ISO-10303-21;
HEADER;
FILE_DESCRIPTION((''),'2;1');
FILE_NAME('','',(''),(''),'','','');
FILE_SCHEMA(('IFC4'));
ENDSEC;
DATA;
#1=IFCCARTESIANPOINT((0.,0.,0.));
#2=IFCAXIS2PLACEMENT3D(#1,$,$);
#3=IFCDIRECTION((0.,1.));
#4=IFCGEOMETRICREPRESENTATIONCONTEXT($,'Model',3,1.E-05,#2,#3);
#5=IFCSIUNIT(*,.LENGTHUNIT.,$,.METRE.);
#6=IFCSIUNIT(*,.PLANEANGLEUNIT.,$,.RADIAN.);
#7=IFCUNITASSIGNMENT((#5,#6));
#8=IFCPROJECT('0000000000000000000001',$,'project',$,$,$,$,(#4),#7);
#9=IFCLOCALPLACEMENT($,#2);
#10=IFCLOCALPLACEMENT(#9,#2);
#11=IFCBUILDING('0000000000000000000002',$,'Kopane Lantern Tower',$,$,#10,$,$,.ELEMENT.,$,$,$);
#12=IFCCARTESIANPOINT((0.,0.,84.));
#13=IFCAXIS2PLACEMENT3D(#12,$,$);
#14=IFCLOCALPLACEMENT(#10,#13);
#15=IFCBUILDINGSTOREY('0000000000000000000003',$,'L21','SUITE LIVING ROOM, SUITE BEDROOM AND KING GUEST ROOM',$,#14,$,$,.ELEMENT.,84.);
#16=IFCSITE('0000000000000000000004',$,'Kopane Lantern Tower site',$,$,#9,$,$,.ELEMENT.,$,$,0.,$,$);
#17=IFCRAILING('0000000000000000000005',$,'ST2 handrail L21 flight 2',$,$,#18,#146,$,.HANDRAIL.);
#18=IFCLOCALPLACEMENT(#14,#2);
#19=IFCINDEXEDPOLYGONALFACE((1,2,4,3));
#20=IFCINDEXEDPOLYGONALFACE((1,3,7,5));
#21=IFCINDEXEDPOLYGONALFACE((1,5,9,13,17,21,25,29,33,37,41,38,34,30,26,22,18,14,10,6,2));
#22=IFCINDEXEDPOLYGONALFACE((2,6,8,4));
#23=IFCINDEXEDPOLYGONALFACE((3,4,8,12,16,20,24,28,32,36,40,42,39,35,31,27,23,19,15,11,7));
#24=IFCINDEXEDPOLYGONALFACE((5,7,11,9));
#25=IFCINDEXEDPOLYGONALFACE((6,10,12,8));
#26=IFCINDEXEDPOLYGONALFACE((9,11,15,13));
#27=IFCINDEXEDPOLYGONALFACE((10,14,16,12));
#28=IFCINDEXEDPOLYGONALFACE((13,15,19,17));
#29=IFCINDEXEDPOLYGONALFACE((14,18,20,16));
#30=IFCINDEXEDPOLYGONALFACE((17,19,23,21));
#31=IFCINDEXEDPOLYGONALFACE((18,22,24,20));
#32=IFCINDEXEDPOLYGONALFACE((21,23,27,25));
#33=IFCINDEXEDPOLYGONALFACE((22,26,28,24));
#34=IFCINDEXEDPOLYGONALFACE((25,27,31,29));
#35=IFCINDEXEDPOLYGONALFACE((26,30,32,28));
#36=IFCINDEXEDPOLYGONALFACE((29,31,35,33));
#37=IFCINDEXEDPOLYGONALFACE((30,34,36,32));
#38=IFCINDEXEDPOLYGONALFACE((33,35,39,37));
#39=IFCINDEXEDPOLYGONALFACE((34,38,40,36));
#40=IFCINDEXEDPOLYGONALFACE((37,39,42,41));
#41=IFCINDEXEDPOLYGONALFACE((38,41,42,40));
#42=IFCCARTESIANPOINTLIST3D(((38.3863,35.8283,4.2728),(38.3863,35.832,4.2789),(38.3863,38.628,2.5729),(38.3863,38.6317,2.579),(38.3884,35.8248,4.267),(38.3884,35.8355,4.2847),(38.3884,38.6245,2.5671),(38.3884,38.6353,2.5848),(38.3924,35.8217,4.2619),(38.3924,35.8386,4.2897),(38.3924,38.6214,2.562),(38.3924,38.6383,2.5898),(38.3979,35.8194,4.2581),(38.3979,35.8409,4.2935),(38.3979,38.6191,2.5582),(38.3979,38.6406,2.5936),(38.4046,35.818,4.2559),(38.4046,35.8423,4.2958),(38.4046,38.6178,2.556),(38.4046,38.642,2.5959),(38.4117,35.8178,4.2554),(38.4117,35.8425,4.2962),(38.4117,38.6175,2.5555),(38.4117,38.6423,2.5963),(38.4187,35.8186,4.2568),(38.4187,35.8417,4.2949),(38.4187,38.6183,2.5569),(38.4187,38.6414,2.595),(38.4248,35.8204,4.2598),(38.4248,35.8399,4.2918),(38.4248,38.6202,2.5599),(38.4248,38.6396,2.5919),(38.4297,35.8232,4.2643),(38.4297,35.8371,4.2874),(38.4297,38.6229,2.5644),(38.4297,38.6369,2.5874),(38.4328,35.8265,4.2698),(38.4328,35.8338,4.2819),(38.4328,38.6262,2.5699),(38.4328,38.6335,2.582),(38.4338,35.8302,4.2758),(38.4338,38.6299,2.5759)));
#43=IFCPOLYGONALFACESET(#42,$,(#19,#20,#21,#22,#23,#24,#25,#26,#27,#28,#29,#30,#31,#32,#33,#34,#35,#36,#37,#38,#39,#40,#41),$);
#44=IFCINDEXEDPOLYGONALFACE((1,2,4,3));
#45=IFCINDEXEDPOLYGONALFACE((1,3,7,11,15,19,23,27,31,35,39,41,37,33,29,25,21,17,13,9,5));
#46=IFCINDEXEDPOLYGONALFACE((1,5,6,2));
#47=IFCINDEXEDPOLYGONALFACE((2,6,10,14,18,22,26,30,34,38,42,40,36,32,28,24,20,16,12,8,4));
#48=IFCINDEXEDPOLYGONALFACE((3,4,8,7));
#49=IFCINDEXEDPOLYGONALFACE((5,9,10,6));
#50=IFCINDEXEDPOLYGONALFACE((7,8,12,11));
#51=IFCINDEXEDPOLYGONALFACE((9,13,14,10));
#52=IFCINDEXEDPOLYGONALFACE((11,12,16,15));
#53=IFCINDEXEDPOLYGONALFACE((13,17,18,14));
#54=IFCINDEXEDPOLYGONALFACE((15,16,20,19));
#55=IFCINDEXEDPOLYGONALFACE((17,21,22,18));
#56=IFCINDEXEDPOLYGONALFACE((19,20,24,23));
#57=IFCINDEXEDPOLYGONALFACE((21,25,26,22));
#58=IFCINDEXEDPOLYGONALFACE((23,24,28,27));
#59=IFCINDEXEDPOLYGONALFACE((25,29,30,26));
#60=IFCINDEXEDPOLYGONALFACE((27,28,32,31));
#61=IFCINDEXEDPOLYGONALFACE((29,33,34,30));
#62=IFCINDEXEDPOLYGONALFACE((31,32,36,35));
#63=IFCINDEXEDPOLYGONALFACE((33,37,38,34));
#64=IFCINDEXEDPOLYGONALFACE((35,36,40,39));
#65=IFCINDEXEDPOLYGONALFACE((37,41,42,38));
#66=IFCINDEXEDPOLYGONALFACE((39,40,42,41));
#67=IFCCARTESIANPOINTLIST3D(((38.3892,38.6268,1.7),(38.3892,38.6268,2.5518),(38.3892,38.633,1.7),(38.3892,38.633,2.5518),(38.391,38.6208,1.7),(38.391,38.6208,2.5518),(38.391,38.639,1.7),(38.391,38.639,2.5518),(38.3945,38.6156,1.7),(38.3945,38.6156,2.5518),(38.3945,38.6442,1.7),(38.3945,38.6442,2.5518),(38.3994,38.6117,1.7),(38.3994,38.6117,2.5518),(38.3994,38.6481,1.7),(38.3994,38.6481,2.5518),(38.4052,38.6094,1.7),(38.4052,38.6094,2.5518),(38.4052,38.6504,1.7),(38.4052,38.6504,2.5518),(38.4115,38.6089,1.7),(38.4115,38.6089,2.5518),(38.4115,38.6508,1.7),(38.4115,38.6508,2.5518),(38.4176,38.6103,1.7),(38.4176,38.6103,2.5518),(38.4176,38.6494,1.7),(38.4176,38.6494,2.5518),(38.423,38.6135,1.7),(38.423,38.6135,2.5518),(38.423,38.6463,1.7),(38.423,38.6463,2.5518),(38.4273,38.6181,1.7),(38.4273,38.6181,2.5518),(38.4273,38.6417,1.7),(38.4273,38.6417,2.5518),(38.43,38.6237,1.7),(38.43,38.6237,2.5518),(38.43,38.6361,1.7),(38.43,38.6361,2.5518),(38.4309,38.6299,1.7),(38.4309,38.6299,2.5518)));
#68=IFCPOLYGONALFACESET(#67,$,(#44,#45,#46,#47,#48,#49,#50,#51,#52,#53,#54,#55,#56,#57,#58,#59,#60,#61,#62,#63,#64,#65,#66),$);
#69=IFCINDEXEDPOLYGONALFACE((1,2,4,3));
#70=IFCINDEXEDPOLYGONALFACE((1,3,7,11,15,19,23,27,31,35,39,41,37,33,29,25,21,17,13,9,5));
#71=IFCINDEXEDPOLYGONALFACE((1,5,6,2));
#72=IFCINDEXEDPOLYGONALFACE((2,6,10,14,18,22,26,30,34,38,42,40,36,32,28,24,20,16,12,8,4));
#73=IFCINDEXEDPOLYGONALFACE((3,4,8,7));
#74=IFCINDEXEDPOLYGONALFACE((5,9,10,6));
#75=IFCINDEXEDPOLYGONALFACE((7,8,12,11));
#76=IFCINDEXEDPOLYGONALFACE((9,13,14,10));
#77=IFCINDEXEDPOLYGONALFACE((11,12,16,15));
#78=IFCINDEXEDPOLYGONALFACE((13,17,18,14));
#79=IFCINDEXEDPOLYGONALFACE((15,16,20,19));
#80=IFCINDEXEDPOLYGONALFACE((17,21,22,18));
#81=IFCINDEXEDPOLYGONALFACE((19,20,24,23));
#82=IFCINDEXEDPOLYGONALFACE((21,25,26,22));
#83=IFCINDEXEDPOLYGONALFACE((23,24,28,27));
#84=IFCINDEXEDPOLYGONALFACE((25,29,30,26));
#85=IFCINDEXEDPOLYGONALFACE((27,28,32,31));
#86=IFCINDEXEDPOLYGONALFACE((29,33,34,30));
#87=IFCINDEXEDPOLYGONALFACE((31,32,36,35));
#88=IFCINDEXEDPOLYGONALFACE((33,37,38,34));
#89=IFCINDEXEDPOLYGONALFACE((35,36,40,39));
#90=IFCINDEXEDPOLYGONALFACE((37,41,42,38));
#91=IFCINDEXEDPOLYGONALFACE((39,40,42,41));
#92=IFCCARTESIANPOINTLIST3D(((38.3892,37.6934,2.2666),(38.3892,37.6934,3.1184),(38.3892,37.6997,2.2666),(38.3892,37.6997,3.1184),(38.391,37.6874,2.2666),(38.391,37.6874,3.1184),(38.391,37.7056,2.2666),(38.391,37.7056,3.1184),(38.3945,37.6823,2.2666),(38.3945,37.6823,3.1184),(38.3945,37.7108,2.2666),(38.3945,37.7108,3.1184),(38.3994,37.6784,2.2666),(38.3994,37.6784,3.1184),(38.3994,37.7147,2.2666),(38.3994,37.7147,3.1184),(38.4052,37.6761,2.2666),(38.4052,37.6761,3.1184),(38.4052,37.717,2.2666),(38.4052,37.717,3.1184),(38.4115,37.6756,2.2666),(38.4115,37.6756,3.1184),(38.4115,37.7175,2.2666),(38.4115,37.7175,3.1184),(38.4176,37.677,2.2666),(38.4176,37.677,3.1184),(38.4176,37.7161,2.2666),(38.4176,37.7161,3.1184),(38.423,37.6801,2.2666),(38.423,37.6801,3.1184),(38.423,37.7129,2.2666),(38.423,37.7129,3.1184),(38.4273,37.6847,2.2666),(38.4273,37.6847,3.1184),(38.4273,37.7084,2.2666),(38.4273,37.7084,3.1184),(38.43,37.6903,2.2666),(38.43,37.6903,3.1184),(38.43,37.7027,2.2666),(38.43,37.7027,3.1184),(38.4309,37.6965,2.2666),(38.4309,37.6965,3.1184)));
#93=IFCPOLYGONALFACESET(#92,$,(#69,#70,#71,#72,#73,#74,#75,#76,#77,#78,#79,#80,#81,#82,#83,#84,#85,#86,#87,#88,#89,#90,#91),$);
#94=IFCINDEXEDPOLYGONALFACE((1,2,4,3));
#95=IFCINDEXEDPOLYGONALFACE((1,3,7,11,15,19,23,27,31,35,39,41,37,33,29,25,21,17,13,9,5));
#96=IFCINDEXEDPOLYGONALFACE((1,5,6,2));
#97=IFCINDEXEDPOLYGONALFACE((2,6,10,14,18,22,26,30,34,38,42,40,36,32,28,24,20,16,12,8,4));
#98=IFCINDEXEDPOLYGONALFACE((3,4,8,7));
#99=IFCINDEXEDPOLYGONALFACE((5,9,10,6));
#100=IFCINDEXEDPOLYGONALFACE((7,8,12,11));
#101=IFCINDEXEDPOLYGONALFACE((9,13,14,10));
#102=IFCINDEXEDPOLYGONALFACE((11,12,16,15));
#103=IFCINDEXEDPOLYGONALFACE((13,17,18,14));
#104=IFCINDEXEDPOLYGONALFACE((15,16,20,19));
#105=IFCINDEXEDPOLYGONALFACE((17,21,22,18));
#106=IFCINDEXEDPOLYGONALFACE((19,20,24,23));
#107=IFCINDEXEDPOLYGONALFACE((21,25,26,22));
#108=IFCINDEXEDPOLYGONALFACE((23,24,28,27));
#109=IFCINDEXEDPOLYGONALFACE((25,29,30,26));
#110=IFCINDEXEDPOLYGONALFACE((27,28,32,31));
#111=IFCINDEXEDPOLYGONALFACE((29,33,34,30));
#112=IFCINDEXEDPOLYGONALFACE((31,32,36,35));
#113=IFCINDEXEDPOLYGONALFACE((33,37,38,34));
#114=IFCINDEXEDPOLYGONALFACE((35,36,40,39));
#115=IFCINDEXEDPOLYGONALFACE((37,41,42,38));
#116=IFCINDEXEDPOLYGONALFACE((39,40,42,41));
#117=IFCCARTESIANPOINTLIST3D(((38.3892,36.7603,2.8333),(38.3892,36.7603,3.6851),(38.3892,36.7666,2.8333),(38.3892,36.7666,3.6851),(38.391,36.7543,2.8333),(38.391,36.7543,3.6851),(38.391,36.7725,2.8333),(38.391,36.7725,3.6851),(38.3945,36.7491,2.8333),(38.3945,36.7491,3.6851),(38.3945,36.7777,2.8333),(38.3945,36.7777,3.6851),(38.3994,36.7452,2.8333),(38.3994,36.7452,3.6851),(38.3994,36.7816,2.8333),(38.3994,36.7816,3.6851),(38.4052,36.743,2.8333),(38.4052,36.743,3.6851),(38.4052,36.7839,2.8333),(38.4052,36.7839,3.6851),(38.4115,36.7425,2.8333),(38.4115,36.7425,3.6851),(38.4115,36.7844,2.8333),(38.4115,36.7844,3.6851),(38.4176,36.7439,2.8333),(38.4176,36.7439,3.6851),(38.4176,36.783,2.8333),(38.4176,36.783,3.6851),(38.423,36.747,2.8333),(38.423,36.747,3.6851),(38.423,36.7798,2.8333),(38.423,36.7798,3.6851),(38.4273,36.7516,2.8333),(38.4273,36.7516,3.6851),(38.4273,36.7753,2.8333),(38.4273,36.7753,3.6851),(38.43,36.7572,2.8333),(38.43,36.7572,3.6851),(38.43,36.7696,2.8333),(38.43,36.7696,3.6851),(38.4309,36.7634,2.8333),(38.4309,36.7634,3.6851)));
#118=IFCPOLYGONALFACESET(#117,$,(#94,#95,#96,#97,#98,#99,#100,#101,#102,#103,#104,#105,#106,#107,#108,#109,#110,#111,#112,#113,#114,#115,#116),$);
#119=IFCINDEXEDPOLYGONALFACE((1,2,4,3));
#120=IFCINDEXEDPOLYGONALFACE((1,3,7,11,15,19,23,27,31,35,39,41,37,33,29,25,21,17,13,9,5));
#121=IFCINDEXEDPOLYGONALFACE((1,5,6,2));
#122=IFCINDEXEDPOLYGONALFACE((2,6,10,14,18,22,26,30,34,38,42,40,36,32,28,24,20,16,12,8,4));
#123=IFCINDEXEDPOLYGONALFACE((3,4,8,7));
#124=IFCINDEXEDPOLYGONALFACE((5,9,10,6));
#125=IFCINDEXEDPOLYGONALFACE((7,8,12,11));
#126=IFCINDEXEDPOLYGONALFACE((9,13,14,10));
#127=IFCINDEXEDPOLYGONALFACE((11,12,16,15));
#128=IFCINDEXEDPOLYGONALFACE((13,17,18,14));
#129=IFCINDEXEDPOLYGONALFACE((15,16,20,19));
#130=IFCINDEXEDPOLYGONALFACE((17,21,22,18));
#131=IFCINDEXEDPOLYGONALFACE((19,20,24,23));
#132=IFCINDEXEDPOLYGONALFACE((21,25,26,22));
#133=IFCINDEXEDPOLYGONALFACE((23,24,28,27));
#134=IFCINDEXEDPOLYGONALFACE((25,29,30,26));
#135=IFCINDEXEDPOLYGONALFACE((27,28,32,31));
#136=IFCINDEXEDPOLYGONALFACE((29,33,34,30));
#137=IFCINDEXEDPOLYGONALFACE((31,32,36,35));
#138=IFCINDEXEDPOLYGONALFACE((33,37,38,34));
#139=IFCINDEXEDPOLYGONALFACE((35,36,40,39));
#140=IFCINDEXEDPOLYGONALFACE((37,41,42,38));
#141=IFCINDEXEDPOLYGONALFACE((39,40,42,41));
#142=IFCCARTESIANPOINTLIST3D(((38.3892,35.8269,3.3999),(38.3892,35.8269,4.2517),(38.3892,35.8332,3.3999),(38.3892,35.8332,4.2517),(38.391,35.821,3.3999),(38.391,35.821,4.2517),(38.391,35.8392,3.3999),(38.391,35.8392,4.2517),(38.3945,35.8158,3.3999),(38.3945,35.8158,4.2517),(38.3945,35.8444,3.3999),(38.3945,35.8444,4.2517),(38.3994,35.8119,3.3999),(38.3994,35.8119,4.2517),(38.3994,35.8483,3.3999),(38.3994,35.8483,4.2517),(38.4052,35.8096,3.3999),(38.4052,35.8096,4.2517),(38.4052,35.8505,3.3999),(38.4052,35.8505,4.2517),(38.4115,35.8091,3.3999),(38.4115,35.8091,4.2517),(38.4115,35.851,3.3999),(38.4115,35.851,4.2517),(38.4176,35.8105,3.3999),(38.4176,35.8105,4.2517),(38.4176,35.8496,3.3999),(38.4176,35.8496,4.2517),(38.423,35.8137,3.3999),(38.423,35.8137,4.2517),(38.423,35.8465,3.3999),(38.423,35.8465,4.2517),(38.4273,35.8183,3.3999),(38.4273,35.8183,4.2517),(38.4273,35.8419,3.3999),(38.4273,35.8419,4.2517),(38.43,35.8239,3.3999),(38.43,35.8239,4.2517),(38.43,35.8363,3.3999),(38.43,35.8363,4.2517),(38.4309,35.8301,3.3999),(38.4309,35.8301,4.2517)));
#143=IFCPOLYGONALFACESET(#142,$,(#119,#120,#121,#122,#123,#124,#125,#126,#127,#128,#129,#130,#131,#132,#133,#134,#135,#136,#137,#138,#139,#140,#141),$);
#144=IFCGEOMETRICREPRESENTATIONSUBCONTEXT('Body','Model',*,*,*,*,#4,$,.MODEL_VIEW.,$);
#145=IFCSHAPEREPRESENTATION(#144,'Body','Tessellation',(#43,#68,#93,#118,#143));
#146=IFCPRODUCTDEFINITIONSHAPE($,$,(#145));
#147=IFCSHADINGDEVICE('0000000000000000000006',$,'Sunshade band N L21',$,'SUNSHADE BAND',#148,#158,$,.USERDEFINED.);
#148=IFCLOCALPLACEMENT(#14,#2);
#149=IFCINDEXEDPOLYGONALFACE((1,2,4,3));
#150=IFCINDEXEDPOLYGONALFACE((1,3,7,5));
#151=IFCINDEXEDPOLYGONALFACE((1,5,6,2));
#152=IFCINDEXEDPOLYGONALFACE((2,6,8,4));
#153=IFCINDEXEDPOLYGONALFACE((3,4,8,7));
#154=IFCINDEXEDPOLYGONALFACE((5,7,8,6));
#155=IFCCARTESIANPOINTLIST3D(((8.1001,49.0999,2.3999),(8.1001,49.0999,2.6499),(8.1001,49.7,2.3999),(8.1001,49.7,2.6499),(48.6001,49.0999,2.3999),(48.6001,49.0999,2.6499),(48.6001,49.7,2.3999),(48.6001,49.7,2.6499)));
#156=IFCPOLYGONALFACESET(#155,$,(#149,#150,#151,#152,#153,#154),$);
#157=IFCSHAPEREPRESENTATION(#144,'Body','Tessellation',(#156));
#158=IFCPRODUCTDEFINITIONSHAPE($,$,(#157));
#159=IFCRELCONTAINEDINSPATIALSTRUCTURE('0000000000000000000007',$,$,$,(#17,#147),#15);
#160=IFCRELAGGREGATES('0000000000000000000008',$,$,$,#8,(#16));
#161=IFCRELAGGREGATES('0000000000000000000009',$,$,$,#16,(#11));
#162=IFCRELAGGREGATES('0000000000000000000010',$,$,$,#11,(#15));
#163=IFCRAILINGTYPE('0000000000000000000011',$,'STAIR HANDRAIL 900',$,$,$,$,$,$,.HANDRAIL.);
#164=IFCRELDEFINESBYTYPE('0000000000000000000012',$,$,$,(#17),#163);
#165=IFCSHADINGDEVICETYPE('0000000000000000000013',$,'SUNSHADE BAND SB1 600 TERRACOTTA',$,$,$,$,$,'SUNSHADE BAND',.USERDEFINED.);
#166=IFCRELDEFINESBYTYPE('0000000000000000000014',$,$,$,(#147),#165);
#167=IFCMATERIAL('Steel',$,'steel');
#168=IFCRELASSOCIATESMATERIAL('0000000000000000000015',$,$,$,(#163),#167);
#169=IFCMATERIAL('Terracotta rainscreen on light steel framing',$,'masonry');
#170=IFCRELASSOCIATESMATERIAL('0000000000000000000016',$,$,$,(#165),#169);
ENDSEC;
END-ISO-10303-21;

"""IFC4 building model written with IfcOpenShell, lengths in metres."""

from ifc_helpers import new_model, si_unit, direction, frame, origin, origin_2d, place, context, subcontext, project, spatial, rectangle, circle, extrude, material, type_object, element, save


model = new_model("IFC4")

# Units and contexts
model_context = context("Model", 3, precision=1e-05, world=origin(), true_north=direction((0.0, 1.0)))
body_context = subcontext(model_context, "Body", "Model", "MODEL_VIEW")
ifc_project = project(units=[si_unit("LENGTHUNIT", "METRE"), si_unit("PLANEANGLEUNIT", "RADIAN")], contexts=[model_context])

# Site, building, storey
site_placement = place(None, origin())
site = spatial("IfcSite", under=ifc_project, at=site_placement, Name="Kopane Lantern Tower site", CompositionType="ELEMENT", RefElevation=0.0)
building_placement = place(site_placement, origin())
building = spatial("IfcBuilding", under=site, at=building_placement, Name="Kopane Lantern Tower", CompositionType="ELEMENT")
storey_placement = place(building_placement, frame((0.0, 0.0, 84.0)))
storey = spatial("IfcBuildingStorey", under=building, at=storey_placement, Name="L21", Description="SUITE LIVING ROOM, SUITE BEDROOM AND KING GUEST ROOM", CompositionType="ELEMENT", Elevation=84.0)

# Railing
ifc_material_1 = material(Name="Steel", Category="steel")
railing_type = type_object("IfcRailingType", Name="STAIR HANDRAIL 900", PredefinedType="HANDRAIL", material=ifc_material_1)
for number, where, name in (
    (1, (38.4099, 38.6299, 1.7), "ST2 handrail L21 flight 2"),
):
    element("IfcRailing", number, at=place(storey_placement, frame(where)), inside=storey, type_object=railing_type, Name=name, PredefinedType="HANDRAIL", context=body_context, shape_type="SweptSolid", body=[
        extrude(circle(Radius=0.0239, at=origin_2d()), frame((0.0, 0.0, 0.876), z_axis=(0.0, -0.854778, 0.518994), x_axis=(1.0, 0.0, 0.0)), (0.0, 0.0, 1.0), 3.2754),
        extrude(circle(Radius=0.021, at=origin_2d()), origin(), (0.0, 0.0, 1.0), 0.8518),
        extrude(circle(Radius=0.021, at=origin_2d()), frame((0.0, -0.9333, 0.5667)), (0.0, 0.0, 1.0), 0.8518),
        extrude(circle(Radius=0.021, at=origin_2d()), frame((0.0, -1.8665, 1.1333)), (0.0, 0.0, 1.0), 0.8518),
        extrude(circle(Radius=0.021, at=origin_2d()), frame((0.0, -2.7998, 1.7)), (0.0, 0.0, 1.0), 0.8518),
    ])

# Shading device
ifc_material_2 = material(Name="Terracotta rainscreen on light steel framing", Category="masonry")
shading_device_type = type_object("IfcShadingDeviceType", Name="SUNSHADE BAND SB1 600 TERRACOTTA", ElementType="SUNSHADE BAND", PredefinedType="USERDEFINED", material=ifc_material_2)
shading_device_placement = place(storey_placement, frame((28.3501, 49.3999, 2.3999), z_axis=(0.0, 0.0, 1.0), x_axis=(-1.0, 0.0, 0.0)))
element("IfcShadingDevice", 2, at=shading_device_placement, inside=storey, type_object=shading_device_type, Name="Sunshade band N L21", ObjectType="SUNSHADE BAND", PredefinedType="USERDEFINED", context=body_context, shape_type="SweptSolid", body=[
    extrude(rectangle(XDim=40.5, YDim=0.6001, at=origin_2d()), origin(), (0.0, 0.0, 1.0), 0.25),
])

save(model, "model.ifc")
